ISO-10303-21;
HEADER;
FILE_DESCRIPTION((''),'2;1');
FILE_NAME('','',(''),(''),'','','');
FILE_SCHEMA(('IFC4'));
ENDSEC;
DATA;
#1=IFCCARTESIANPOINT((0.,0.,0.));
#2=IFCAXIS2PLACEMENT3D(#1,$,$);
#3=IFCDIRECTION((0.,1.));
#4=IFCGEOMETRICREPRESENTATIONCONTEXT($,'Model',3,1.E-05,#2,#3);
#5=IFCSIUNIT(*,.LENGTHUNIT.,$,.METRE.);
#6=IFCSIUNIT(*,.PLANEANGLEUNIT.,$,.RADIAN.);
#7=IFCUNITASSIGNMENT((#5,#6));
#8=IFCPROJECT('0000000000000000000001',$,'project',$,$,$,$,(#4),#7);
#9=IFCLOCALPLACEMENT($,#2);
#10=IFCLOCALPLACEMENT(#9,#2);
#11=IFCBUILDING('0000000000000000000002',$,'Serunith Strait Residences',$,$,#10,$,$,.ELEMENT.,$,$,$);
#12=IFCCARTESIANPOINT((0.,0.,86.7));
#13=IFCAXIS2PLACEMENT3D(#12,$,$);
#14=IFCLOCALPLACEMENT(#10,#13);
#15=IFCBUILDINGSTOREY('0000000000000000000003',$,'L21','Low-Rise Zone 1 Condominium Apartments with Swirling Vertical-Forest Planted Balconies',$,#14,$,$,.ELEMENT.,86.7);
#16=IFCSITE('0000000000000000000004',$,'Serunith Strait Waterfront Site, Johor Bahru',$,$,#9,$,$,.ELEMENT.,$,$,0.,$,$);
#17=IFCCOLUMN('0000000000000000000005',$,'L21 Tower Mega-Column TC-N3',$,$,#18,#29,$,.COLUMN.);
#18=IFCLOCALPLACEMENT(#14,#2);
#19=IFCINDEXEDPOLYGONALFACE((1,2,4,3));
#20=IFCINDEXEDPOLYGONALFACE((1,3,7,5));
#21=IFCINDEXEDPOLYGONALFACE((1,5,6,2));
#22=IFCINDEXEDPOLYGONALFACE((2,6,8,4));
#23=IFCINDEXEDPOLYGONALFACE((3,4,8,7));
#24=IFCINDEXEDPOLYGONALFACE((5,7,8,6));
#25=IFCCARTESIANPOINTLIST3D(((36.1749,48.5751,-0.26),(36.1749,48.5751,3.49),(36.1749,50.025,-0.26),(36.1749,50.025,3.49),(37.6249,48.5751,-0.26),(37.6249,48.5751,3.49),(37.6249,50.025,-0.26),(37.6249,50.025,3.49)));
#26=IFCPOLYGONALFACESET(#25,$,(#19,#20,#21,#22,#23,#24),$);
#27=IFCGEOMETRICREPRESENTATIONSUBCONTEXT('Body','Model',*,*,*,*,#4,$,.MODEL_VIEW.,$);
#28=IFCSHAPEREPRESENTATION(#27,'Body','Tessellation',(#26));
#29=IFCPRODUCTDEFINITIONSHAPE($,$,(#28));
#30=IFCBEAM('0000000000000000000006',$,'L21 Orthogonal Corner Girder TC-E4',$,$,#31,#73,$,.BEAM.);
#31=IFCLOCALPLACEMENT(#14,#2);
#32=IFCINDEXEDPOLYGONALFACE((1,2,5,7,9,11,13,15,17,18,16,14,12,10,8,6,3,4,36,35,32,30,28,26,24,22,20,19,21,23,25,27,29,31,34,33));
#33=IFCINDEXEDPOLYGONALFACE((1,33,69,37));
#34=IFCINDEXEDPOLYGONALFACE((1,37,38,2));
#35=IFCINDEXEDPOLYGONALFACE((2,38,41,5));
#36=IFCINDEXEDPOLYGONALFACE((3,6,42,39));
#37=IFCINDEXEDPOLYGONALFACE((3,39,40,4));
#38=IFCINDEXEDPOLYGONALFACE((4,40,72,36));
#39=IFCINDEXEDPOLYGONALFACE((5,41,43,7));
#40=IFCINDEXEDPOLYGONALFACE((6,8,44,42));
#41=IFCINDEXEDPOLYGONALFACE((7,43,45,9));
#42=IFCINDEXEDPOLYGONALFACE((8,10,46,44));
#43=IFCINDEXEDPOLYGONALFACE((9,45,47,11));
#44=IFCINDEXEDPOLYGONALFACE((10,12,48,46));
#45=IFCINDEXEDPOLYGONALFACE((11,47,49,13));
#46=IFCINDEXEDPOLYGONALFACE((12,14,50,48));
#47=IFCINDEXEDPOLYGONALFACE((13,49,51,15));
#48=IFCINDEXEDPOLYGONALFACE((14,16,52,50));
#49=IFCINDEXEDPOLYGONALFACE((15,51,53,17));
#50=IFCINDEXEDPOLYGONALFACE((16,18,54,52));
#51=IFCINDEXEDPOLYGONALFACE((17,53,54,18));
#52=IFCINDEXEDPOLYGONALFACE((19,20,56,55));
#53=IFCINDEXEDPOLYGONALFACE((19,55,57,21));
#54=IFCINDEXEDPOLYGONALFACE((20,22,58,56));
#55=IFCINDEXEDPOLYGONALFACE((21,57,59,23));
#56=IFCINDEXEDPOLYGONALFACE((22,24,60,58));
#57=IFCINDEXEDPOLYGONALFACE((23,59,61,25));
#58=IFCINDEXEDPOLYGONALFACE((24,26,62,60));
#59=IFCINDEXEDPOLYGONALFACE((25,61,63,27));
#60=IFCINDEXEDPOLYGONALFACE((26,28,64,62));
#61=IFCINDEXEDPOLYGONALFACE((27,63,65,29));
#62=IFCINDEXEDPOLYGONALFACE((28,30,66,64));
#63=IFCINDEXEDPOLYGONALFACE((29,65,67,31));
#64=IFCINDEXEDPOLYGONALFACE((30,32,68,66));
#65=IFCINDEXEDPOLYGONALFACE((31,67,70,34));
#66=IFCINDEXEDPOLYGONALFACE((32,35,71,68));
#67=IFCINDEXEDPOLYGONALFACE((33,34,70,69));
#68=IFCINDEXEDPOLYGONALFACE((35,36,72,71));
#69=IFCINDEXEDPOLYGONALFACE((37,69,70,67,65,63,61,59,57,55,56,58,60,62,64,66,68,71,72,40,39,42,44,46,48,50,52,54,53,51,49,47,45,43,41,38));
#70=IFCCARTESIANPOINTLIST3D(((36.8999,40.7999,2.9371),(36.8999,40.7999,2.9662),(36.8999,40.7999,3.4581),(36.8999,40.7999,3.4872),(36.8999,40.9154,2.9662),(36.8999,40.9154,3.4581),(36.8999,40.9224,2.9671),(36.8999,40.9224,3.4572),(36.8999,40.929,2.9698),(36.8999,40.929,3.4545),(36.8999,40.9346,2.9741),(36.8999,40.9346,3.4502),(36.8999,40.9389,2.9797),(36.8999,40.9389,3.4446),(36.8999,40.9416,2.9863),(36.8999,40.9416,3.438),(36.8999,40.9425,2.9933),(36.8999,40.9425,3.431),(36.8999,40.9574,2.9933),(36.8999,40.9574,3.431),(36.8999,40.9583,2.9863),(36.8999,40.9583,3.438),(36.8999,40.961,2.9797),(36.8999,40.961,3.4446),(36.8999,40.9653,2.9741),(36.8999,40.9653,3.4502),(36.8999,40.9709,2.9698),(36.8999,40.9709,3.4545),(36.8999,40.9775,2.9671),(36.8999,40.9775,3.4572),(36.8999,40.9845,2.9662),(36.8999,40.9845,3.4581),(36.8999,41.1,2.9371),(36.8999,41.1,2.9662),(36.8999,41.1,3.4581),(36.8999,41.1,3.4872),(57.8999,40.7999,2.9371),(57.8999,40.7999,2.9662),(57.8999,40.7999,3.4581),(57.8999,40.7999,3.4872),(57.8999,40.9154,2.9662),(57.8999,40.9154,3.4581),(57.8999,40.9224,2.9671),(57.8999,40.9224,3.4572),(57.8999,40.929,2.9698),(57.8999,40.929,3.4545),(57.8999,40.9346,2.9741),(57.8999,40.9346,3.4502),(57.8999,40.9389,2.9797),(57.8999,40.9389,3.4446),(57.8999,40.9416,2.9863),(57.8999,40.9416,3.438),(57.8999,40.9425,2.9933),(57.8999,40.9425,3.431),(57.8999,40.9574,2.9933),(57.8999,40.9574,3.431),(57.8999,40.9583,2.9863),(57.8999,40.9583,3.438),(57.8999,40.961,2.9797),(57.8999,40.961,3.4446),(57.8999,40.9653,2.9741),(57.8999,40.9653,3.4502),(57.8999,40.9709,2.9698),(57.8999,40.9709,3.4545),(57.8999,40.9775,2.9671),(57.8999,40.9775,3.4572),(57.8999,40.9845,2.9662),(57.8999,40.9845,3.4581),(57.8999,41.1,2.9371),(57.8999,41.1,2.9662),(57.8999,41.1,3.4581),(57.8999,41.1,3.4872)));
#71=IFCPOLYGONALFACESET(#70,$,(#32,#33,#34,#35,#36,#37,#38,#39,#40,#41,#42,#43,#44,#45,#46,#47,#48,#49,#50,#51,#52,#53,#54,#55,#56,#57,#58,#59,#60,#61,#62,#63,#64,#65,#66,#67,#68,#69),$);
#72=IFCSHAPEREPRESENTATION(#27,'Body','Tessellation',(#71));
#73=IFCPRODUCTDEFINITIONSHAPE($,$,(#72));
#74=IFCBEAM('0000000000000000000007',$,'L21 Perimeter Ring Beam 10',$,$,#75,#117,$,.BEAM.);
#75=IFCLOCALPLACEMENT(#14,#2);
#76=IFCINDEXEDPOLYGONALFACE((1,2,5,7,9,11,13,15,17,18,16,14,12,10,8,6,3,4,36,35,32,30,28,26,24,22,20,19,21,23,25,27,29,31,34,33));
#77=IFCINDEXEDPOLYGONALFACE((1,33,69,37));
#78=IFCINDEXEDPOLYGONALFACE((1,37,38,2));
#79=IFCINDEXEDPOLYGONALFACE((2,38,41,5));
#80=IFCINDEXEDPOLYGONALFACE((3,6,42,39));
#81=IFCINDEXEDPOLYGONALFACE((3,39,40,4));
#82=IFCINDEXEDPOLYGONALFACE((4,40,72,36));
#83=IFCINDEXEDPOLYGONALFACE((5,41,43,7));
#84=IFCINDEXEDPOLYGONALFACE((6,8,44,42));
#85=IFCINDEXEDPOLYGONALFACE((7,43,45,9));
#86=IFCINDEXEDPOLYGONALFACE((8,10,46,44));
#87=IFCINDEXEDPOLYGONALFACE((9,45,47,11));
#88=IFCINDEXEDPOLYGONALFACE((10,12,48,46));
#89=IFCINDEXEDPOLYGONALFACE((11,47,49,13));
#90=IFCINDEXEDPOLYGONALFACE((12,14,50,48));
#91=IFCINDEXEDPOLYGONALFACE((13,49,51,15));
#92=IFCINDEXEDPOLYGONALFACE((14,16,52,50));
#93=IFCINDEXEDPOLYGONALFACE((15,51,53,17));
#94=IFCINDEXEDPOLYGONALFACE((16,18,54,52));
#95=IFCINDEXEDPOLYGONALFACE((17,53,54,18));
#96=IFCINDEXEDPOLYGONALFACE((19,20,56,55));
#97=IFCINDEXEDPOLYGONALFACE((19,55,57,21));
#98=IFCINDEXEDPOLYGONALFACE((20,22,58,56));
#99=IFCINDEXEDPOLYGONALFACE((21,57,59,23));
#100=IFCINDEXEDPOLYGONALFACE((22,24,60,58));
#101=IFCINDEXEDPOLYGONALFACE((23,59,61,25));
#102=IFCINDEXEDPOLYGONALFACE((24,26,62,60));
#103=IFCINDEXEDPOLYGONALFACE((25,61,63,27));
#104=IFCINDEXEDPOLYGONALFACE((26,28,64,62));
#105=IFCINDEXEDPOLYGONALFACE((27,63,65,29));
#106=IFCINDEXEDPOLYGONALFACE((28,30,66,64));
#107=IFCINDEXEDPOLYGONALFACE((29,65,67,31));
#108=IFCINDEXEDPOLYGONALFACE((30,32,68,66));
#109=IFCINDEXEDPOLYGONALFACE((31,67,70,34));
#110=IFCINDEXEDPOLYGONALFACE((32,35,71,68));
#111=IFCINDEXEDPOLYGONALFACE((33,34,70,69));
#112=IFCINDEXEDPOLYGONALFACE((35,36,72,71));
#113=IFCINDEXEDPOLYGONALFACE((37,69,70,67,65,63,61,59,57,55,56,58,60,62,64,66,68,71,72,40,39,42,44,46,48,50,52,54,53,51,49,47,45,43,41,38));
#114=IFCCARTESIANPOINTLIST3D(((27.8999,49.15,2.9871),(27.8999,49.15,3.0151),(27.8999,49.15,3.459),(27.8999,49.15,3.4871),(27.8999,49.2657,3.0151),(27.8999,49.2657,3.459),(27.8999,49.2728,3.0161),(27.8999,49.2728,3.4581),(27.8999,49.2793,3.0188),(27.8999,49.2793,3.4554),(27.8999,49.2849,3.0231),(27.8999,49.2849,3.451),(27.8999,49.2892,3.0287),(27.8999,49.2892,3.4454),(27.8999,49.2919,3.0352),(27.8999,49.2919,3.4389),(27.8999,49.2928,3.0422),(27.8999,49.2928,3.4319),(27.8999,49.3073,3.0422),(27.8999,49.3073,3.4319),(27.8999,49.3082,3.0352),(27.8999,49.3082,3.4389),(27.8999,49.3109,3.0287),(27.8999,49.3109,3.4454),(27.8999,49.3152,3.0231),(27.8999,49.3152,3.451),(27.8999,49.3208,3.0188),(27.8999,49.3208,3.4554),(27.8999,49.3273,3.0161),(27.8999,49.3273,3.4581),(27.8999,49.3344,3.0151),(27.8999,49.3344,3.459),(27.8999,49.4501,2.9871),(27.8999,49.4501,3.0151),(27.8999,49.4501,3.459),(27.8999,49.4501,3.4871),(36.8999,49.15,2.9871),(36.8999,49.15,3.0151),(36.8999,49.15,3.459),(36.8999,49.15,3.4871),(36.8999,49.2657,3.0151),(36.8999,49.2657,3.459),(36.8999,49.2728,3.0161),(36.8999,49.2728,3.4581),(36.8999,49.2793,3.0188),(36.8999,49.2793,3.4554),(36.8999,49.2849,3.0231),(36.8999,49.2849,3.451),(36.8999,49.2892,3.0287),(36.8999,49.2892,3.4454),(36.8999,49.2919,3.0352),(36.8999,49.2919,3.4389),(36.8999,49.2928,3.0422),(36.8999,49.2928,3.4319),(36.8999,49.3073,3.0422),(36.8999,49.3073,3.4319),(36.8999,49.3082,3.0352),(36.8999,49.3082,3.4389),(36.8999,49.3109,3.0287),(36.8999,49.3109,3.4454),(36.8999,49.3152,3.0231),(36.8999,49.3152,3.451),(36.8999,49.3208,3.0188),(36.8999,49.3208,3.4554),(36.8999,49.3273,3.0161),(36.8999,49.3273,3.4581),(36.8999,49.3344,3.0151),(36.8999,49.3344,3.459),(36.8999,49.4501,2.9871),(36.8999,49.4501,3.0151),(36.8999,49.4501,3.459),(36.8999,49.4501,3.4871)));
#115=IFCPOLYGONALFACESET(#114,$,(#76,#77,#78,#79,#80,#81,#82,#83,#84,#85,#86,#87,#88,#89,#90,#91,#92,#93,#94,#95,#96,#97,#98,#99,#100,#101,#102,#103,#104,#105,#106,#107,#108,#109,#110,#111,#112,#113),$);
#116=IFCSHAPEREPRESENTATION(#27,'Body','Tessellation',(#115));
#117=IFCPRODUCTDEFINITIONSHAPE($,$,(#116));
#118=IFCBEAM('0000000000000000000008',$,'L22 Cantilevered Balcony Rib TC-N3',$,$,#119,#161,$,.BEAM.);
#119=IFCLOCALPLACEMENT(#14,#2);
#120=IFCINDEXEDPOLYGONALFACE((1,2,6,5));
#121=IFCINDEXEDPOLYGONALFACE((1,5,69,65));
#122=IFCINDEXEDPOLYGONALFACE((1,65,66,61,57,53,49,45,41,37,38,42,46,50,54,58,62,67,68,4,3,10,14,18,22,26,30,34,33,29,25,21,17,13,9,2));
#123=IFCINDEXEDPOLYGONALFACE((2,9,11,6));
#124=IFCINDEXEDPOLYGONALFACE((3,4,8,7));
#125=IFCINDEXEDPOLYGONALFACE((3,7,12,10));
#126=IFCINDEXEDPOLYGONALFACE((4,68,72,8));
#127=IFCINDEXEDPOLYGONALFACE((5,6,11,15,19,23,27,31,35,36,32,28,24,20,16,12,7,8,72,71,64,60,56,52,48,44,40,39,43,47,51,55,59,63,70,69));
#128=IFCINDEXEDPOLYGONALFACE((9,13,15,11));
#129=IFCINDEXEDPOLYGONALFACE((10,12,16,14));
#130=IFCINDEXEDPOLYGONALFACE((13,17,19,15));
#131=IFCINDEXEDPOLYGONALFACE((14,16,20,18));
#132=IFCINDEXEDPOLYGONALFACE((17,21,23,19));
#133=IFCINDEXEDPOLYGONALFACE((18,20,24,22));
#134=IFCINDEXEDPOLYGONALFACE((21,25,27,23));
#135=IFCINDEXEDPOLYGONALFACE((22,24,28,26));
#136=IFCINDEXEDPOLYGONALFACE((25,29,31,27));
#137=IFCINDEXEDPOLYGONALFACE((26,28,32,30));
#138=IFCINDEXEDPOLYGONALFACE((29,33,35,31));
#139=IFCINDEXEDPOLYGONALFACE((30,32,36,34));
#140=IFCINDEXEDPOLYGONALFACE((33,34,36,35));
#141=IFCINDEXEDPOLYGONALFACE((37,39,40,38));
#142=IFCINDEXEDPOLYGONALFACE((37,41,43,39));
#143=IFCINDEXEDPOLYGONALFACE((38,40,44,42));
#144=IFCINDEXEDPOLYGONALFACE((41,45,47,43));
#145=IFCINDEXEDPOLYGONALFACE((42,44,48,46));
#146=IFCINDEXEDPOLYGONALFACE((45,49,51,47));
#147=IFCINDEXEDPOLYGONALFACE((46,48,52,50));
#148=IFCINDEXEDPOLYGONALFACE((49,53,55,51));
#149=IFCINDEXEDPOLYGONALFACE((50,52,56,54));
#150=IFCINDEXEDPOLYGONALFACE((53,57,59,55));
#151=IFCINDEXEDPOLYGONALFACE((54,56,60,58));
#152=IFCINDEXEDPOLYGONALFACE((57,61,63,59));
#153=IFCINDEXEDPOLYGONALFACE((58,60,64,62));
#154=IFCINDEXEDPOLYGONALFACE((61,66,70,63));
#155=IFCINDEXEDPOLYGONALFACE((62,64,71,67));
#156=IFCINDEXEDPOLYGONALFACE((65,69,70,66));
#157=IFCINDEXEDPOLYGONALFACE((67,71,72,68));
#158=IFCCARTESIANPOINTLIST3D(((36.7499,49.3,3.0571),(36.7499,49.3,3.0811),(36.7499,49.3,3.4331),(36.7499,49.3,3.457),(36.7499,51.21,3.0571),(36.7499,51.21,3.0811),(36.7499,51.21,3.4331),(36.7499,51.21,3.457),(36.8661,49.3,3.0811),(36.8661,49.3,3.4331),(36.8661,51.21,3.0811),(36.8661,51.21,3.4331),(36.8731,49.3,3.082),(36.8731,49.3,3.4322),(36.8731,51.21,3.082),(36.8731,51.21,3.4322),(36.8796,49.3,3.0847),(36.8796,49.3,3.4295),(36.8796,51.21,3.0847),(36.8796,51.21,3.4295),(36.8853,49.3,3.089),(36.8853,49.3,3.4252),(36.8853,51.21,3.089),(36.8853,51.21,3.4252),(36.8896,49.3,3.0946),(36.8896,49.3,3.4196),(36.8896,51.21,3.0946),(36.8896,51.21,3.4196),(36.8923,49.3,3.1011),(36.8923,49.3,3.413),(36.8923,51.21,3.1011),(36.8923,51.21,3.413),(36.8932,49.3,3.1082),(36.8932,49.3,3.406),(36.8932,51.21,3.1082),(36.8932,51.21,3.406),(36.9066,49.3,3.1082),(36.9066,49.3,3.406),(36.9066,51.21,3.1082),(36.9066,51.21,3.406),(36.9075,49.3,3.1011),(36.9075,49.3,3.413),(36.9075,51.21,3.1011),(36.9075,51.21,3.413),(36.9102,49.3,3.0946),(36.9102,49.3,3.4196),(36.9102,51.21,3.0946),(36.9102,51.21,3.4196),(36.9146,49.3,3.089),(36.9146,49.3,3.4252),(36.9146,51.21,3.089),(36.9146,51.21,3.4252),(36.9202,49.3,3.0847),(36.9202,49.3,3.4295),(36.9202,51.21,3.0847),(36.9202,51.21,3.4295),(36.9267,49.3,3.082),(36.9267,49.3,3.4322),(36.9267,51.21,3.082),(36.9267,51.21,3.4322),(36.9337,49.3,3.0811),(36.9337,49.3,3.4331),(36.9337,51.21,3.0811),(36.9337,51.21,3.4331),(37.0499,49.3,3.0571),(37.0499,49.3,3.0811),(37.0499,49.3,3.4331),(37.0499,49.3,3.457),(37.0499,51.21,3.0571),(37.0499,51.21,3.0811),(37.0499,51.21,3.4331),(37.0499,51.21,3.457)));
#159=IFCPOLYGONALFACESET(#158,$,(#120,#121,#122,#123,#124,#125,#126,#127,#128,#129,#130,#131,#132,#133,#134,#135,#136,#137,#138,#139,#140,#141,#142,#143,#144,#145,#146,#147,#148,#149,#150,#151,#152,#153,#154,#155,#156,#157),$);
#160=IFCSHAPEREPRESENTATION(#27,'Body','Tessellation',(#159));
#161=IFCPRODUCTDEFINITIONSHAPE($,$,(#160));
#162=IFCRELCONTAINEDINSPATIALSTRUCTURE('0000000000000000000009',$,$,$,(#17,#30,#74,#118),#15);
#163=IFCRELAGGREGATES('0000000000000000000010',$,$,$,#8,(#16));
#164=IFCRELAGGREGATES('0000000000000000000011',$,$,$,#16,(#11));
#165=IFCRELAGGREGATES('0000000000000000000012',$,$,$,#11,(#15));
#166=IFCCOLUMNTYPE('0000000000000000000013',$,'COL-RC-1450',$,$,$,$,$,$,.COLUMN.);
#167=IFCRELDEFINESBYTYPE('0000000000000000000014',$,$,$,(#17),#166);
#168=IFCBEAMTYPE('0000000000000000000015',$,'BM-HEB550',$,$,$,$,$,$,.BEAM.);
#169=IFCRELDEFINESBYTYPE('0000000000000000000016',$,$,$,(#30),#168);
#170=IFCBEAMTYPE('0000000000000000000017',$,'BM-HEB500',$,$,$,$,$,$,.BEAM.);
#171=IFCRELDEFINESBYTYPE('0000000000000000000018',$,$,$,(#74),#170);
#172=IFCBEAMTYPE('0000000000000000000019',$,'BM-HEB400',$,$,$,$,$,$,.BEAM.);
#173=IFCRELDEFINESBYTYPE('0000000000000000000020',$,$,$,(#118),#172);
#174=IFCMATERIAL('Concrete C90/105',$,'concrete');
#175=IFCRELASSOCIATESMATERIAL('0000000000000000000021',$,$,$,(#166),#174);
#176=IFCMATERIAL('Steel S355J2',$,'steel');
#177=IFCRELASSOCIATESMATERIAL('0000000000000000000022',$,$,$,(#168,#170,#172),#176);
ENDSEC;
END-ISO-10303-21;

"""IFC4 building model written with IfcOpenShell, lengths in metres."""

from ifc_helpers import new_model, si_unit, direction, frame, origin, origin_2d, place, context, subcontext, project, spatial, rectangle, i_section, extrude, source, transform, mapped, material, material_profile, profile_set, type_object, element, save


model = new_model("IFC4")

# Units and contexts
model_context = context("Model", 3, precision=1e-05, world=origin(), true_north=direction((0.0, 1.0)))
body_context = subcontext(model_context, "Body", "Model", "MODEL_VIEW")
ifc_project = project(units=[si_unit("LENGTHUNIT", "METRE"), si_unit("PLANEANGLEUNIT", "RADIAN")], contexts=[model_context])

# Site, building, storey
site_placement = place(None, origin())
site = spatial("IfcSite", under=ifc_project, at=site_placement, Name="Serunith Strait Waterfront Site, Johor Bahru", CompositionType="ELEMENT", RefElevation=0.0)
building_placement = place(site_placement, origin())
building = spatial("IfcBuilding", under=site, at=building_placement, Name="Serunith Strait Residences", CompositionType="ELEMENT")
storey_placement = place(building_placement, frame((0.0, 0.0, 86.7)))
storey = spatial("IfcBuildingStorey", under=building, at=storey_placement, Name="L21", Description="Low-Rise Zone 1 Condominium Apartments with Swirling Vertical-Forest Planted Balconies", CompositionType="ELEMENT", Elevation=86.7)

# Column
ifc_material_1 = material(Name="Concrete C90/105", Category="concrete")
ifc_material_profile_1 = material_profile(ifc_material_1, rectangle(XDim=1.45, YDim=1.45, at=origin_2d()), Name="RC 1450x1450")
ifc_profile_set_1 = profile_set([ifc_material_profile_1], Name="Concrete C90/105")
column_type = type_object("IfcColumnType", Name="COL-RC-1450", PredefinedType="COLUMN", material=ifc_profile_set_1)
shared_shape_1 = source(origin(), body_context, "Body", "SweptSolid", [
    extrude(rectangle(XDim=1.45, YDim=1.45, at=origin_2d()), origin(), (0.0, 0.0, 1.0), 3.75),
])
column_placement = place(storey_placement, frame((36.8999, 49.3, -0.26), z_axis=(0.0, 0.0, 1.0), x_axis=(1.0, 0.0, 0.0)))
element("IfcColumn", 1, at=column_placement, inside=storey, type_object=column_type, Name="L21 Tower Mega-Column TC-N3", PredefinedType="COLUMN", context=body_context, shape_type="MappedRepresentation", body=[
    mapped(shared_shape_1, transform((0.0, 0.0, 0.0), scale=1.0)),
])

# Beams
ifc_material_2 = material(Name="Steel S355J2", Category="steel")
ifc_material_profile_2 = material_profile(ifc_material_2, i_section(OverallWidth=0.3, OverallDepth=0.55, WebThickness=0.0149, FlangeThickness=0.0291, FilletRadius=0.0271, at=origin_2d()), Name="HEB 550")
ifc_profile_set_2 = profile_set([ifc_material_profile_2], Name="Steel S355J2")
beam_type_1 = type_object("IfcBeamType", Name="BM-HEB550", PredefinedType="BEAM", material=ifc_profile_set_2)
shared_shape_2 = source(origin(), body_context, "Body", "SweptSolid", [
    extrude(i_section(OverallWidth=0.3, OverallDepth=0.55, WebThickness=0.0149, FlangeThickness=0.0291, FilletRadius=0.0271, at=origin_2d()), origin(), (0.0, 0.0, 1.0), 21.0),
])
beam_1_placement = place(storey_placement, frame((36.8999, 40.95, 3.2122), z_axis=(1.0, 0.0, 0.0), x_axis=(0.0, 1.0, 0.0)))
element("IfcBeam", 2, at=beam_1_placement, inside=storey, type_object=beam_type_1, Name="L21 Orthogonal Corner Girder TC-E4", PredefinedType="BEAM", context=body_context, shape_type="MappedRepresentation", body=[
    mapped(shared_shape_2, transform((0.0, 0.0, 0.0), scale=1.0)),
])
ifc_material_profile_3 = material_profile(ifc_material_2, i_section(OverallWidth=0.3, OverallDepth=0.5, WebThickness=0.0144, FlangeThickness=0.0281, FilletRadius=0.0271, at=origin_2d()), Name="HEB 500")
ifc_profile_set_3 = profile_set([ifc_material_profile_3], Name="Steel S355J2")
beam_type_2 = type_object("IfcBeamType", Name="BM-HEB500", PredefinedType="BEAM", material=ifc_profile_set_3)
shared_shape_3 = source(origin(), body_context, "Body", "SweptSolid", [
    extrude(i_section(OverallWidth=0.3, OverallDepth=0.5, WebThickness=0.0144, FlangeThickness=0.0281, FilletRadius=0.0271, at=origin_2d()), origin(), (0.0, 0.0, 1.0), 9.0),
])
beam_2_placement = place(storey_placement, frame((36.8999, 49.3, 3.2371), z_axis=(-1.0, 0.0, 0.0), x_axis=(0.0, -1.0, 0.0)))
element("IfcBeam", 3, at=beam_2_placement, inside=storey, type_object=beam_type_2, Name="L21 Perimeter Ring Beam 10", PredefinedType="BEAM", context=body_context, shape_type="MappedRepresentation", body=[
    mapped(shared_shape_3, transform((0.0, 0.0, 0.0), scale=1.0)),
])
ifc_material_profile_4 = material_profile(ifc_material_2, i_section(OverallWidth=0.3, OverallDepth=0.3999, WebThickness=0.0134, FlangeThickness=0.0239, FilletRadius=0.0271, at=origin_2d()), Name="HEB 400")
ifc_profile_set_4 = profile_set([ifc_material_profile_4], Name="Steel S355J2")
beam_type_3 = type_object("IfcBeamType", Name="BM-HEB400", PredefinedType="BEAM", material=ifc_profile_set_4)
shared_shape_4 = source(origin(), body_context, "Body", "SweptSolid", [
    extrude(i_section(OverallWidth=0.3, OverallDepth=0.3999, WebThickness=0.0134, FlangeThickness=0.0239, FilletRadius=0.0271, at=origin_2d()), origin(), (0.0, 0.0, 1.0), 1.9099),
])
beam_3_placement = place(storey_placement, frame((36.8999, 49.3, 3.2571), z_axis=(0.0, 1.0, 0.0), x_axis=(-1.0, 0.0, 0.0)))
element("IfcBeam", 4, at=beam_3_placement, inside=storey, type_object=beam_type_3, Name="L22 Cantilevered Balcony Rib TC-N3", PredefinedType="BEAM", context=body_context, shape_type="MappedRepresentation", body=[
    mapped(shared_shape_4, transform((0.0, 0.0, 0.0), scale=1.0)),
])

save(model, "model.ifc")
